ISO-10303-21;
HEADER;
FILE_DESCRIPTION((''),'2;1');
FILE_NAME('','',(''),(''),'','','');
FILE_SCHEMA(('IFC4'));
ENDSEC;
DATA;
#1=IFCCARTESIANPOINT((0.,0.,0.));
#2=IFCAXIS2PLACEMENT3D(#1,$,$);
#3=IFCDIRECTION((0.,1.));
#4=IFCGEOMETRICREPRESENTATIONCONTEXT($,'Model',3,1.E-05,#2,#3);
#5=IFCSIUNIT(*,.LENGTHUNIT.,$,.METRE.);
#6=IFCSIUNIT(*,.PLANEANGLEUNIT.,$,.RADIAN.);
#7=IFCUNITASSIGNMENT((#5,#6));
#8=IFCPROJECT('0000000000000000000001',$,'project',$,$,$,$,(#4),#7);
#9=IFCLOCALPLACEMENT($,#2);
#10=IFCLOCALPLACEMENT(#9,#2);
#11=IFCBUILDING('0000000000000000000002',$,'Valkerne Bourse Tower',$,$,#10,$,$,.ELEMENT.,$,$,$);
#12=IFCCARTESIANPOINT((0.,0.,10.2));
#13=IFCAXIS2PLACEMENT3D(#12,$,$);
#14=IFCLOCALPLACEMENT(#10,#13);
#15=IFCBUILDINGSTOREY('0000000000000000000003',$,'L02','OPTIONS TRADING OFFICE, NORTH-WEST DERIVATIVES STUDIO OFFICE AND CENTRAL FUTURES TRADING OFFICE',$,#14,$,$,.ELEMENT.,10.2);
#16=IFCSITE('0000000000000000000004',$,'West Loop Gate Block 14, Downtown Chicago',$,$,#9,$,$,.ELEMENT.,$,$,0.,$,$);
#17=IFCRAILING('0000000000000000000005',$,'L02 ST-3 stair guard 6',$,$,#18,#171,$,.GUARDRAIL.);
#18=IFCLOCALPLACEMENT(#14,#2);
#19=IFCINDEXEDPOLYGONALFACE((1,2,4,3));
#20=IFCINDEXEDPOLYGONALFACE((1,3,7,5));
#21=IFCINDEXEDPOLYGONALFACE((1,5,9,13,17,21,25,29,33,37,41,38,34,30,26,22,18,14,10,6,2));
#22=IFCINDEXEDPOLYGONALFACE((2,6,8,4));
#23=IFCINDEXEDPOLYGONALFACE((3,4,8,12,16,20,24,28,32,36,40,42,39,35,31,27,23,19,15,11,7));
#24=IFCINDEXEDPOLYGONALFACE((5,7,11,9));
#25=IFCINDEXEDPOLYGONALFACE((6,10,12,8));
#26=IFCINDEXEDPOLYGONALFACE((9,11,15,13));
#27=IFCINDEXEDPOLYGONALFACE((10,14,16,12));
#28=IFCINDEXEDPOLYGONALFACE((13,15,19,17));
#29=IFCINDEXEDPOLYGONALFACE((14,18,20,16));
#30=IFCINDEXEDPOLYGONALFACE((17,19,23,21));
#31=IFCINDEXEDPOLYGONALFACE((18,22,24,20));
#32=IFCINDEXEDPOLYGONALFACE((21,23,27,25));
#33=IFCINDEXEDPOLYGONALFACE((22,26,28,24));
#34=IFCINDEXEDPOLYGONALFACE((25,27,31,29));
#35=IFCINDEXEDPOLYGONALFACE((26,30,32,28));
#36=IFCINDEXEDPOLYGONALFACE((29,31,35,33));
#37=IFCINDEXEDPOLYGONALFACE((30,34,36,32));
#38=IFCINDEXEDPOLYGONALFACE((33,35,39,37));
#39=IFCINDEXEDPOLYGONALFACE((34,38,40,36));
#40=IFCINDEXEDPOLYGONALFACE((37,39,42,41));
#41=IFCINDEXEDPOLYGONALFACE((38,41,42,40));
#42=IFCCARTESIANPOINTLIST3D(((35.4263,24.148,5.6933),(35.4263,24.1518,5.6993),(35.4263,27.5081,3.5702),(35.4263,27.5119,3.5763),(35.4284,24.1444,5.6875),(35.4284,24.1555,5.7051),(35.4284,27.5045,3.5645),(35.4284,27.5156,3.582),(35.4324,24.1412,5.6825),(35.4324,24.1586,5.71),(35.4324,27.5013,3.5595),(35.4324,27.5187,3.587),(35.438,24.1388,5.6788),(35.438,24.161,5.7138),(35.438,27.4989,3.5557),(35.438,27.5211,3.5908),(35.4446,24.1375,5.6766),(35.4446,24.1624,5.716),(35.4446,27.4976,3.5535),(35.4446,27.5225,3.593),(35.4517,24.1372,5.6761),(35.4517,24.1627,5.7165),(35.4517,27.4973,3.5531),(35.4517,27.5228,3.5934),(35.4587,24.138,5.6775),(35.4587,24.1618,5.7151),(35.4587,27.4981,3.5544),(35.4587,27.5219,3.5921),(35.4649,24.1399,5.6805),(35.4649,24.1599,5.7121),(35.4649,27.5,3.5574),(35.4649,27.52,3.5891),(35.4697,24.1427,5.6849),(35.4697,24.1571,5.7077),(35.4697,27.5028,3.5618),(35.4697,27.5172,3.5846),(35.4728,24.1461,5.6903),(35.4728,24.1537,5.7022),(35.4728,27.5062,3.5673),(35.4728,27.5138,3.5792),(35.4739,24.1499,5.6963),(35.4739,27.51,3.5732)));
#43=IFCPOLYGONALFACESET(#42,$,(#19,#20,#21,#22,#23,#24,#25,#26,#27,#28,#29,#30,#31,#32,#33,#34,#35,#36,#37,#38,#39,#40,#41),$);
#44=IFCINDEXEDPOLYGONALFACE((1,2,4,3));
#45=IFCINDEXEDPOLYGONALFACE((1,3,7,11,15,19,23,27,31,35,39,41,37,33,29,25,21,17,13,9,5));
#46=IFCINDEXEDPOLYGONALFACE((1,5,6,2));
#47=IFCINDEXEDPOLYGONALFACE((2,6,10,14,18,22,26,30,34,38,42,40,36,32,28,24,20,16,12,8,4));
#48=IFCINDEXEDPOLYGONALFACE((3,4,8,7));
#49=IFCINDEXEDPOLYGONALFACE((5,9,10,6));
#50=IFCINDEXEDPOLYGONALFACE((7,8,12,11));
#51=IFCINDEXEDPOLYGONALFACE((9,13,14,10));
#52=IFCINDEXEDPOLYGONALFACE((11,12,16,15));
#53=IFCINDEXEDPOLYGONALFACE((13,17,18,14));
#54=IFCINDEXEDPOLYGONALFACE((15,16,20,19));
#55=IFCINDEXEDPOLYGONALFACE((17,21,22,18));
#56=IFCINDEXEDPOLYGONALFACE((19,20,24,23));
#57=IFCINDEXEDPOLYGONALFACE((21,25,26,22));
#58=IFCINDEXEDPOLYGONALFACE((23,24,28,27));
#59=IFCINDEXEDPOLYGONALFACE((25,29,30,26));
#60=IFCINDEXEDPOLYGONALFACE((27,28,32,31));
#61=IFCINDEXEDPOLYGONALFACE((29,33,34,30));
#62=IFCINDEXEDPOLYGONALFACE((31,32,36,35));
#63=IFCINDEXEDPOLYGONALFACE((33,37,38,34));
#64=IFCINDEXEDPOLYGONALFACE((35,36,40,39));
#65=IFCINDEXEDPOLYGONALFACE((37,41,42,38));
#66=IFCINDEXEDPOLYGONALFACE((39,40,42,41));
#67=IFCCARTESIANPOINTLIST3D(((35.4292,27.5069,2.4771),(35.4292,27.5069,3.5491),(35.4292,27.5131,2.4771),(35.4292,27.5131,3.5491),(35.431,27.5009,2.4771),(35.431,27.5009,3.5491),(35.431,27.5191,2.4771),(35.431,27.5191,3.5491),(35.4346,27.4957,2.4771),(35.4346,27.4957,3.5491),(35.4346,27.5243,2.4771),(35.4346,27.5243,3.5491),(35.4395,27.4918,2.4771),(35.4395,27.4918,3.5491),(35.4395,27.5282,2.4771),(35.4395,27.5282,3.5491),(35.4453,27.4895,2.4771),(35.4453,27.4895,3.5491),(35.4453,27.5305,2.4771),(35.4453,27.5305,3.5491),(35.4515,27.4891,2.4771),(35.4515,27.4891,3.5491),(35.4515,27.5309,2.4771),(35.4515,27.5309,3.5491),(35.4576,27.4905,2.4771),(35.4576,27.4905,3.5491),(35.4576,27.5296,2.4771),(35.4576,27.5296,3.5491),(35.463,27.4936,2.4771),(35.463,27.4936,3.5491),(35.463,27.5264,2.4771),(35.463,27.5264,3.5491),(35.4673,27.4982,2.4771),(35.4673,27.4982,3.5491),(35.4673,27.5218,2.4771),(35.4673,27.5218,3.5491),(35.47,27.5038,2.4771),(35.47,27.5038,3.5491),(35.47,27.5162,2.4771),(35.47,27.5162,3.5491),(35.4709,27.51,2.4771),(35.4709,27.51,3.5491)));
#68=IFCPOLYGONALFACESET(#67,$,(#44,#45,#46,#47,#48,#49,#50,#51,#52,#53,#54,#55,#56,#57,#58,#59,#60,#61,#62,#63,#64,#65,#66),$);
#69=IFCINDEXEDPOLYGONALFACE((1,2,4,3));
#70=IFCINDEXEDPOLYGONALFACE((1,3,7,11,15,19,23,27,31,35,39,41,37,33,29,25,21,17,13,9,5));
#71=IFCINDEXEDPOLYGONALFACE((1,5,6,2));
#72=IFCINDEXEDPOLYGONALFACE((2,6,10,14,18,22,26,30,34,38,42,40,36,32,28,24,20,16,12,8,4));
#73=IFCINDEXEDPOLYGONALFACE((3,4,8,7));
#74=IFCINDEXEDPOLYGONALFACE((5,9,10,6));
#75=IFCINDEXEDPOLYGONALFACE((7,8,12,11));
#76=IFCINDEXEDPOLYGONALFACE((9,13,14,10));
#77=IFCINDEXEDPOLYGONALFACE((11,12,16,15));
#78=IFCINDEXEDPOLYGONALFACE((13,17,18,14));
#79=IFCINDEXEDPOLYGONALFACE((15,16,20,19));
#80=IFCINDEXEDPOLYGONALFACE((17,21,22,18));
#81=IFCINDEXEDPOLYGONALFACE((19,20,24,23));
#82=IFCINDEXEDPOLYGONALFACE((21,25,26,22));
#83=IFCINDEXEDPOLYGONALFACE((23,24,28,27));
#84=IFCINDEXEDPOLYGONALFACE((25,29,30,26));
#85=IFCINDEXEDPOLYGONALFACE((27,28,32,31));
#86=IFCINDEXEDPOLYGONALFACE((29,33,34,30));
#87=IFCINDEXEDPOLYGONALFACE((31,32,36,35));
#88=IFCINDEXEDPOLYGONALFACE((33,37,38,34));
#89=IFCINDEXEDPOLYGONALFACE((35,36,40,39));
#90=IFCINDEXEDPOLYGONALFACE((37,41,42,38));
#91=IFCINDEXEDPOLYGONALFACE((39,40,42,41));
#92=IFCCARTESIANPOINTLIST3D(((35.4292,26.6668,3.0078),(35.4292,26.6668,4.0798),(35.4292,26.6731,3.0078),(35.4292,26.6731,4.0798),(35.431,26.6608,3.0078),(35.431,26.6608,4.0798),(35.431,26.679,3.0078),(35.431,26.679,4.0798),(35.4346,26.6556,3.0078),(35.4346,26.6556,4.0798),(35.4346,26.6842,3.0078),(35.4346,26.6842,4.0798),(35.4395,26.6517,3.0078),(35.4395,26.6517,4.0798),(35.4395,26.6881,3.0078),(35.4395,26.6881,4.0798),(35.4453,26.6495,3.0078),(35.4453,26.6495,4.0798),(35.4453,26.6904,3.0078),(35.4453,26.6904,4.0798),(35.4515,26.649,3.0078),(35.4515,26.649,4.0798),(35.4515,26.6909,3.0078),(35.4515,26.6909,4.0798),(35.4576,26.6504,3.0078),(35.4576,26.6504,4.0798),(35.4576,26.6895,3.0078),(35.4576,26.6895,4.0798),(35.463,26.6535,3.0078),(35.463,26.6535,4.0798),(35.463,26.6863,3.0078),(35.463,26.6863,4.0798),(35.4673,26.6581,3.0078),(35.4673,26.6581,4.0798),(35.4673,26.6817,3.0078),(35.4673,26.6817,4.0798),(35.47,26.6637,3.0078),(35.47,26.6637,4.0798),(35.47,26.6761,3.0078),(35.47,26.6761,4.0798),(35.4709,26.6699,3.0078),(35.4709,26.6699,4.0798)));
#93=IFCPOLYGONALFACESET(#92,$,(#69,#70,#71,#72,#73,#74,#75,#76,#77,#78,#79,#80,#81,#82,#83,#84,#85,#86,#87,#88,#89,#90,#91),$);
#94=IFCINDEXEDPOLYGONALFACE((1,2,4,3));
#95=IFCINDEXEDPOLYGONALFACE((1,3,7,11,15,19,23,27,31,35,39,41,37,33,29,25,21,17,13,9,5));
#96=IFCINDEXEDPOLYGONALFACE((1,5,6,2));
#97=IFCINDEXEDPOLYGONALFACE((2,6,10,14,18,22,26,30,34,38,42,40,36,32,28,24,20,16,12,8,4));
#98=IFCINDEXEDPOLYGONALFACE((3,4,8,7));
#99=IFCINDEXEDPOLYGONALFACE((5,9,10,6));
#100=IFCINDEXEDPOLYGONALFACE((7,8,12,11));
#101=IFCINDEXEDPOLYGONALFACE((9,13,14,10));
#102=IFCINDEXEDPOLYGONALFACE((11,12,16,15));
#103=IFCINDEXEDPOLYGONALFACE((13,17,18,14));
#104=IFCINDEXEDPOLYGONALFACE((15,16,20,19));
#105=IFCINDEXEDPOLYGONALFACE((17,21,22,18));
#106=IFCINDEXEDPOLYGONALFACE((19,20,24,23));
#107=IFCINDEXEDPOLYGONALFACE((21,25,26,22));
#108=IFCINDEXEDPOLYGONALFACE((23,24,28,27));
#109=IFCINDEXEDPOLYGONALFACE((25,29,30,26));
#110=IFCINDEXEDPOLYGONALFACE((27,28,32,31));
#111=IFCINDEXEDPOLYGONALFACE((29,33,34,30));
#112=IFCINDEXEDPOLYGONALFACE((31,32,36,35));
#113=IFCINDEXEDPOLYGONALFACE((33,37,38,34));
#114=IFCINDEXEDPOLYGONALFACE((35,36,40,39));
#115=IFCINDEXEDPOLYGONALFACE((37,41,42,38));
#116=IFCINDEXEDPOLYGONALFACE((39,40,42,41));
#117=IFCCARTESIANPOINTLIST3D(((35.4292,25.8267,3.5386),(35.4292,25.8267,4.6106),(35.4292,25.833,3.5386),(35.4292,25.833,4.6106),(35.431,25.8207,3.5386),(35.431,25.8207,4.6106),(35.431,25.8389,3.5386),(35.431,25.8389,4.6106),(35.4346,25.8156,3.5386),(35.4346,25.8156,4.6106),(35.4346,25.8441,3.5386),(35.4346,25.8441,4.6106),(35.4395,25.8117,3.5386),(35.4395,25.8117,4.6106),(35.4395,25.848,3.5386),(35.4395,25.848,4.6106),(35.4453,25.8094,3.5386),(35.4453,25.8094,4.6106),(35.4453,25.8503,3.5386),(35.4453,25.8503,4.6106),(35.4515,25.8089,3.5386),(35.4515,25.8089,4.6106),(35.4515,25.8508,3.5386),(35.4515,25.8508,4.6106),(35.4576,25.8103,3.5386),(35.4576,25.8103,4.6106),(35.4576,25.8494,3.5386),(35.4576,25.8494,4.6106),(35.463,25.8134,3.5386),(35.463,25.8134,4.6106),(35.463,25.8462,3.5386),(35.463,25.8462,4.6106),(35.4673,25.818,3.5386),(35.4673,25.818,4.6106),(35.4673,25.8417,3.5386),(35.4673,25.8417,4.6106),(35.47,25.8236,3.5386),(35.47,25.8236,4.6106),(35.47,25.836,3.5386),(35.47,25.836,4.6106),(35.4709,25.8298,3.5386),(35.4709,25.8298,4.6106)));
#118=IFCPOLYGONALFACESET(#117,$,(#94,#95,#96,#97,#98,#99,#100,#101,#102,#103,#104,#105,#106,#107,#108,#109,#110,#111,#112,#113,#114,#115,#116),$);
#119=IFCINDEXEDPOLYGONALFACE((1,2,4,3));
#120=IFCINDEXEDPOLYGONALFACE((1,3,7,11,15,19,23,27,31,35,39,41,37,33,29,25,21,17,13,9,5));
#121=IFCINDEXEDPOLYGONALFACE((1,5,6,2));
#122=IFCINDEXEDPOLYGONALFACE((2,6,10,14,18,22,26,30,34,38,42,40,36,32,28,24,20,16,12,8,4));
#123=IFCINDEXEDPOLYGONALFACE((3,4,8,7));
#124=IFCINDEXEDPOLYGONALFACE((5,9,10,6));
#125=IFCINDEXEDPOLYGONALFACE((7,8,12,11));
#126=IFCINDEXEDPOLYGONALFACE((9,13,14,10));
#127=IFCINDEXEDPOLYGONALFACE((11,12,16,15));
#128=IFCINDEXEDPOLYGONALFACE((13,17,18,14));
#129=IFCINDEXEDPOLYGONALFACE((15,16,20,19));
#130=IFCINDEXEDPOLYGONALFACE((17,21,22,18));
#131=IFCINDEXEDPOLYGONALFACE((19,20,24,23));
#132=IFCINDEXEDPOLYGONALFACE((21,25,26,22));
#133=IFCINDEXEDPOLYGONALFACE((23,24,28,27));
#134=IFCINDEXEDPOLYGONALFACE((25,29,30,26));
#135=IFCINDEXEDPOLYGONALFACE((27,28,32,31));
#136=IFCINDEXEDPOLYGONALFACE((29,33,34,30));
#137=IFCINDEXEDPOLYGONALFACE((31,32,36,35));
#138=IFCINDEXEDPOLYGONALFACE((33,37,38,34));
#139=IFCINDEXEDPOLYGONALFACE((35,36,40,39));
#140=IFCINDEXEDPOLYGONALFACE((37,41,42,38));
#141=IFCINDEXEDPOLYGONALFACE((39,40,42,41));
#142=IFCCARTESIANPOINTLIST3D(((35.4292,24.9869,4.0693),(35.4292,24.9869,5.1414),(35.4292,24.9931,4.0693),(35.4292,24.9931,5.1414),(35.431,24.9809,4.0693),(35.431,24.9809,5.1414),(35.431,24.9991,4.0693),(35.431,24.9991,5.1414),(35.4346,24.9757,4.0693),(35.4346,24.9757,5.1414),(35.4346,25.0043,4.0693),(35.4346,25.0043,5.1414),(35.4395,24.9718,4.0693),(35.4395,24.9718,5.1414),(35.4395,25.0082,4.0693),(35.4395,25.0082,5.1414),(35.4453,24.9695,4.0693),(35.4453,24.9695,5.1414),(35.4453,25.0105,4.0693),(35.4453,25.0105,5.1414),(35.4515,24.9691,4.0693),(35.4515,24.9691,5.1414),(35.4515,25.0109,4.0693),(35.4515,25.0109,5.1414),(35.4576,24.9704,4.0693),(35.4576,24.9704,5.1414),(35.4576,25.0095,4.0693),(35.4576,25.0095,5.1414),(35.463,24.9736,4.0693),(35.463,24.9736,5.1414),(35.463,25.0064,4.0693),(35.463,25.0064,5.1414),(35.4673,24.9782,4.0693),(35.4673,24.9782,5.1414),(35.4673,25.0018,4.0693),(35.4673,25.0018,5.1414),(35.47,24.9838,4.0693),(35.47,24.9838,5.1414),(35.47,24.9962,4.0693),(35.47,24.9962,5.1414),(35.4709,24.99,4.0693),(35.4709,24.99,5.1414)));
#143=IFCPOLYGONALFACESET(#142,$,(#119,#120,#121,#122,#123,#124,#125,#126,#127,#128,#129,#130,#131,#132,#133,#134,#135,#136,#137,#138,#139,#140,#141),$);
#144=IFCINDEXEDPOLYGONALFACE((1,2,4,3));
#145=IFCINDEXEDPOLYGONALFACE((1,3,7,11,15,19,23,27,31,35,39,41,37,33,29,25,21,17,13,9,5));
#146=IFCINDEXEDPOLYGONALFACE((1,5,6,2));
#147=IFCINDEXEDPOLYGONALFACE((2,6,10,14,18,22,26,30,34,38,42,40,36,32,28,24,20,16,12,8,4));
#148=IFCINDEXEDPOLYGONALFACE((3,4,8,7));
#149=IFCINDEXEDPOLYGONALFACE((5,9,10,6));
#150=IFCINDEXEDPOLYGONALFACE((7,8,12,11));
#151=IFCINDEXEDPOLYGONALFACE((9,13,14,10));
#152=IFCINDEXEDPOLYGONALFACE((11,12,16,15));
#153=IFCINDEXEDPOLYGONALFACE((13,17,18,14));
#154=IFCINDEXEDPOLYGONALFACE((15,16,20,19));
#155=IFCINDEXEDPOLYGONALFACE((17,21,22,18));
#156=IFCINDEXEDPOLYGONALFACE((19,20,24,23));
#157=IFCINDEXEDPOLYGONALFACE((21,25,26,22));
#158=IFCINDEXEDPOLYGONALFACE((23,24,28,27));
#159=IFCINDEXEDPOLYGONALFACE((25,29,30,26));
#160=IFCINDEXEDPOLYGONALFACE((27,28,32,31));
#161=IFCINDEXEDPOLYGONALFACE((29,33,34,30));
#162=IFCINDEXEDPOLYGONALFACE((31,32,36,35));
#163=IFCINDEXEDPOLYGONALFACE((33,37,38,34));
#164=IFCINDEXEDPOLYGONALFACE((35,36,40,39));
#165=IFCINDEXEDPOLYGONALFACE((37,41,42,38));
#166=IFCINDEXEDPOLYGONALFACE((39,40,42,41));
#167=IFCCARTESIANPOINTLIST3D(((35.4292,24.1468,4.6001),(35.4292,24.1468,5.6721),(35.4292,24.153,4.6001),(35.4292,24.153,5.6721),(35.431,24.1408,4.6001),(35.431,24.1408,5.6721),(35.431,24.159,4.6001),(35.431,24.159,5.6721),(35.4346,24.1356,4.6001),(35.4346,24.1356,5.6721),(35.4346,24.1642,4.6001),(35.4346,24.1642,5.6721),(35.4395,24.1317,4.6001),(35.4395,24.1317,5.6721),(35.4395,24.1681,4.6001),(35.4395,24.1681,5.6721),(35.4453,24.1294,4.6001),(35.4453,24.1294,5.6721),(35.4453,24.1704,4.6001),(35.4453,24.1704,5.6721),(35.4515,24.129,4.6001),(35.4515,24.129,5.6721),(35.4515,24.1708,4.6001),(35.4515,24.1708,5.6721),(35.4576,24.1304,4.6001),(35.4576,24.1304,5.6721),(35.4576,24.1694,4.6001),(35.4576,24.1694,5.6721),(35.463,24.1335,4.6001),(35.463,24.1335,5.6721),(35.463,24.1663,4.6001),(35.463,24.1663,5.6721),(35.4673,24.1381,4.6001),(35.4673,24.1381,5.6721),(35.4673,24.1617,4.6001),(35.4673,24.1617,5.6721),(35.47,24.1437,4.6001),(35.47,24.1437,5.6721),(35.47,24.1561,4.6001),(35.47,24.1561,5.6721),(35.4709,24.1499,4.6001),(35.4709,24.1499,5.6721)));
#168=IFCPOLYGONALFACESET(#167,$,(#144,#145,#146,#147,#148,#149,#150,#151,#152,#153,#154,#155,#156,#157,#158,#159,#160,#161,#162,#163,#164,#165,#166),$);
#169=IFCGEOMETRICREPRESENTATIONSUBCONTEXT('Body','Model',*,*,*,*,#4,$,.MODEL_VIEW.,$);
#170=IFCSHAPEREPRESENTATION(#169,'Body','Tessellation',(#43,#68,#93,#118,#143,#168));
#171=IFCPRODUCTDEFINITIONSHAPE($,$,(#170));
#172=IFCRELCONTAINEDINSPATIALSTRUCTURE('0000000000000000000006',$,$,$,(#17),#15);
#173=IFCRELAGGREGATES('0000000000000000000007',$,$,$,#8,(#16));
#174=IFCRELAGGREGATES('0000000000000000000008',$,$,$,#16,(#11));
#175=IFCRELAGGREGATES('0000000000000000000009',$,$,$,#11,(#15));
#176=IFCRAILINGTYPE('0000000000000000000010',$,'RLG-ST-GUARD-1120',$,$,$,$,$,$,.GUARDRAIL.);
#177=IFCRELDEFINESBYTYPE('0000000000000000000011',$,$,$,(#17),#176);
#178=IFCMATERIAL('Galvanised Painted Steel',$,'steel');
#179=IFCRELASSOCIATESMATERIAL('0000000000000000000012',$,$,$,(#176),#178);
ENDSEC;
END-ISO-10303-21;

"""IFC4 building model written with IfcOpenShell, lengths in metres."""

from ifc_helpers import new_model, si_unit, direction, frame, origin, origin_2d, place, context, subcontext, project, spatial, circle, extrude, material, type_object, element, save


model = new_model("IFC4")

# Units and contexts
model_context = context("Model", 3, precision=1e-05, world=origin(), true_north=direction((0.0, 1.0)))
body_context = subcontext(model_context, "Body", "Model", "MODEL_VIEW")
ifc_project = project(units=[si_unit("LENGTHUNIT", "METRE"), si_unit("PLANEANGLEUNIT", "RADIAN")], contexts=[model_context])

# Site, building, storey
site_placement = place(None, origin())
site = spatial("IfcSite", under=ifc_project, at=site_placement, Name="West Loop Gate Block 14, Downtown Chicago", CompositionType="ELEMENT", RefElevation=0.0)
building_placement = place(site_placement, origin())
building = spatial("IfcBuilding", under=site, at=building_placement, Name="Valkerne Bourse Tower", CompositionType="ELEMENT")
storey_placement = place(building_placement, frame((0.0, 0.0, 10.2)))
storey = spatial("IfcBuildingStorey", under=building, at=storey_placement, Name="L02", Description="OPTIONS TRADING OFFICE, NORTH-WEST DERIVATIVES STUDIO OFFICE AND CENTRAL FUTURES TRADING OFFICE", CompositionType="ELEMENT", Elevation=10.2)

# Shared definitions
ifc_material_1 = material(Name="Galvanised Painted Steel", Category="steel")

# Railing
railing_type_1 = type_object("IfcRailingType", Name="RLG-ST-GUARD-1120", PredefinedType="GUARDRAIL", material=ifc_material_1)
railing_1_placement = place(storey_placement, frame((35.45, 27.51, 2.4771)))
element("IfcRailing", 1, at=railing_1_placement, inside=storey, type_object=railing_type_1, Name="L02 ST-3 stair guard 6", PredefinedType="GUARDRAIL", context=body_context, shape_type="SweptSolid", body=[
    extrude(circle(Radius=0.0239, at=origin_2d()), frame((0.0, 0.0, 1.0962), z_axis=(0.0, -0.84539, 0.53415), x_axis=(1.0, 0.0, 0.0)), (0.0, 0.0, 1.0), 3.9746),
    extrude(circle(Radius=0.021, at=origin_2d()), origin(), (0.0, 0.0, 1.0), 1.072),
    extrude(circle(Radius=0.021, at=origin_2d()), frame((0.0, -0.8401, 0.5308)), (0.0, 0.0, 1.0), 1.072),
    extrude(circle(Radius=0.021, at=origin_2d()), frame((0.0, -1.6802, 1.0615)), (0.0, 0.0, 1.0), 1.072),
    extrude(circle(Radius=0.021, at=origin_2d()), frame((0.0, -2.52, 1.5923)), (0.0, 0.0, 1.0), 1.072),
    extrude(circle(Radius=0.021, at=origin_2d()), frame((0.0, -3.3601, 2.123)), (0.0, 0.0, 1.0), 1.072),
])

save(model, "model.ifc")
